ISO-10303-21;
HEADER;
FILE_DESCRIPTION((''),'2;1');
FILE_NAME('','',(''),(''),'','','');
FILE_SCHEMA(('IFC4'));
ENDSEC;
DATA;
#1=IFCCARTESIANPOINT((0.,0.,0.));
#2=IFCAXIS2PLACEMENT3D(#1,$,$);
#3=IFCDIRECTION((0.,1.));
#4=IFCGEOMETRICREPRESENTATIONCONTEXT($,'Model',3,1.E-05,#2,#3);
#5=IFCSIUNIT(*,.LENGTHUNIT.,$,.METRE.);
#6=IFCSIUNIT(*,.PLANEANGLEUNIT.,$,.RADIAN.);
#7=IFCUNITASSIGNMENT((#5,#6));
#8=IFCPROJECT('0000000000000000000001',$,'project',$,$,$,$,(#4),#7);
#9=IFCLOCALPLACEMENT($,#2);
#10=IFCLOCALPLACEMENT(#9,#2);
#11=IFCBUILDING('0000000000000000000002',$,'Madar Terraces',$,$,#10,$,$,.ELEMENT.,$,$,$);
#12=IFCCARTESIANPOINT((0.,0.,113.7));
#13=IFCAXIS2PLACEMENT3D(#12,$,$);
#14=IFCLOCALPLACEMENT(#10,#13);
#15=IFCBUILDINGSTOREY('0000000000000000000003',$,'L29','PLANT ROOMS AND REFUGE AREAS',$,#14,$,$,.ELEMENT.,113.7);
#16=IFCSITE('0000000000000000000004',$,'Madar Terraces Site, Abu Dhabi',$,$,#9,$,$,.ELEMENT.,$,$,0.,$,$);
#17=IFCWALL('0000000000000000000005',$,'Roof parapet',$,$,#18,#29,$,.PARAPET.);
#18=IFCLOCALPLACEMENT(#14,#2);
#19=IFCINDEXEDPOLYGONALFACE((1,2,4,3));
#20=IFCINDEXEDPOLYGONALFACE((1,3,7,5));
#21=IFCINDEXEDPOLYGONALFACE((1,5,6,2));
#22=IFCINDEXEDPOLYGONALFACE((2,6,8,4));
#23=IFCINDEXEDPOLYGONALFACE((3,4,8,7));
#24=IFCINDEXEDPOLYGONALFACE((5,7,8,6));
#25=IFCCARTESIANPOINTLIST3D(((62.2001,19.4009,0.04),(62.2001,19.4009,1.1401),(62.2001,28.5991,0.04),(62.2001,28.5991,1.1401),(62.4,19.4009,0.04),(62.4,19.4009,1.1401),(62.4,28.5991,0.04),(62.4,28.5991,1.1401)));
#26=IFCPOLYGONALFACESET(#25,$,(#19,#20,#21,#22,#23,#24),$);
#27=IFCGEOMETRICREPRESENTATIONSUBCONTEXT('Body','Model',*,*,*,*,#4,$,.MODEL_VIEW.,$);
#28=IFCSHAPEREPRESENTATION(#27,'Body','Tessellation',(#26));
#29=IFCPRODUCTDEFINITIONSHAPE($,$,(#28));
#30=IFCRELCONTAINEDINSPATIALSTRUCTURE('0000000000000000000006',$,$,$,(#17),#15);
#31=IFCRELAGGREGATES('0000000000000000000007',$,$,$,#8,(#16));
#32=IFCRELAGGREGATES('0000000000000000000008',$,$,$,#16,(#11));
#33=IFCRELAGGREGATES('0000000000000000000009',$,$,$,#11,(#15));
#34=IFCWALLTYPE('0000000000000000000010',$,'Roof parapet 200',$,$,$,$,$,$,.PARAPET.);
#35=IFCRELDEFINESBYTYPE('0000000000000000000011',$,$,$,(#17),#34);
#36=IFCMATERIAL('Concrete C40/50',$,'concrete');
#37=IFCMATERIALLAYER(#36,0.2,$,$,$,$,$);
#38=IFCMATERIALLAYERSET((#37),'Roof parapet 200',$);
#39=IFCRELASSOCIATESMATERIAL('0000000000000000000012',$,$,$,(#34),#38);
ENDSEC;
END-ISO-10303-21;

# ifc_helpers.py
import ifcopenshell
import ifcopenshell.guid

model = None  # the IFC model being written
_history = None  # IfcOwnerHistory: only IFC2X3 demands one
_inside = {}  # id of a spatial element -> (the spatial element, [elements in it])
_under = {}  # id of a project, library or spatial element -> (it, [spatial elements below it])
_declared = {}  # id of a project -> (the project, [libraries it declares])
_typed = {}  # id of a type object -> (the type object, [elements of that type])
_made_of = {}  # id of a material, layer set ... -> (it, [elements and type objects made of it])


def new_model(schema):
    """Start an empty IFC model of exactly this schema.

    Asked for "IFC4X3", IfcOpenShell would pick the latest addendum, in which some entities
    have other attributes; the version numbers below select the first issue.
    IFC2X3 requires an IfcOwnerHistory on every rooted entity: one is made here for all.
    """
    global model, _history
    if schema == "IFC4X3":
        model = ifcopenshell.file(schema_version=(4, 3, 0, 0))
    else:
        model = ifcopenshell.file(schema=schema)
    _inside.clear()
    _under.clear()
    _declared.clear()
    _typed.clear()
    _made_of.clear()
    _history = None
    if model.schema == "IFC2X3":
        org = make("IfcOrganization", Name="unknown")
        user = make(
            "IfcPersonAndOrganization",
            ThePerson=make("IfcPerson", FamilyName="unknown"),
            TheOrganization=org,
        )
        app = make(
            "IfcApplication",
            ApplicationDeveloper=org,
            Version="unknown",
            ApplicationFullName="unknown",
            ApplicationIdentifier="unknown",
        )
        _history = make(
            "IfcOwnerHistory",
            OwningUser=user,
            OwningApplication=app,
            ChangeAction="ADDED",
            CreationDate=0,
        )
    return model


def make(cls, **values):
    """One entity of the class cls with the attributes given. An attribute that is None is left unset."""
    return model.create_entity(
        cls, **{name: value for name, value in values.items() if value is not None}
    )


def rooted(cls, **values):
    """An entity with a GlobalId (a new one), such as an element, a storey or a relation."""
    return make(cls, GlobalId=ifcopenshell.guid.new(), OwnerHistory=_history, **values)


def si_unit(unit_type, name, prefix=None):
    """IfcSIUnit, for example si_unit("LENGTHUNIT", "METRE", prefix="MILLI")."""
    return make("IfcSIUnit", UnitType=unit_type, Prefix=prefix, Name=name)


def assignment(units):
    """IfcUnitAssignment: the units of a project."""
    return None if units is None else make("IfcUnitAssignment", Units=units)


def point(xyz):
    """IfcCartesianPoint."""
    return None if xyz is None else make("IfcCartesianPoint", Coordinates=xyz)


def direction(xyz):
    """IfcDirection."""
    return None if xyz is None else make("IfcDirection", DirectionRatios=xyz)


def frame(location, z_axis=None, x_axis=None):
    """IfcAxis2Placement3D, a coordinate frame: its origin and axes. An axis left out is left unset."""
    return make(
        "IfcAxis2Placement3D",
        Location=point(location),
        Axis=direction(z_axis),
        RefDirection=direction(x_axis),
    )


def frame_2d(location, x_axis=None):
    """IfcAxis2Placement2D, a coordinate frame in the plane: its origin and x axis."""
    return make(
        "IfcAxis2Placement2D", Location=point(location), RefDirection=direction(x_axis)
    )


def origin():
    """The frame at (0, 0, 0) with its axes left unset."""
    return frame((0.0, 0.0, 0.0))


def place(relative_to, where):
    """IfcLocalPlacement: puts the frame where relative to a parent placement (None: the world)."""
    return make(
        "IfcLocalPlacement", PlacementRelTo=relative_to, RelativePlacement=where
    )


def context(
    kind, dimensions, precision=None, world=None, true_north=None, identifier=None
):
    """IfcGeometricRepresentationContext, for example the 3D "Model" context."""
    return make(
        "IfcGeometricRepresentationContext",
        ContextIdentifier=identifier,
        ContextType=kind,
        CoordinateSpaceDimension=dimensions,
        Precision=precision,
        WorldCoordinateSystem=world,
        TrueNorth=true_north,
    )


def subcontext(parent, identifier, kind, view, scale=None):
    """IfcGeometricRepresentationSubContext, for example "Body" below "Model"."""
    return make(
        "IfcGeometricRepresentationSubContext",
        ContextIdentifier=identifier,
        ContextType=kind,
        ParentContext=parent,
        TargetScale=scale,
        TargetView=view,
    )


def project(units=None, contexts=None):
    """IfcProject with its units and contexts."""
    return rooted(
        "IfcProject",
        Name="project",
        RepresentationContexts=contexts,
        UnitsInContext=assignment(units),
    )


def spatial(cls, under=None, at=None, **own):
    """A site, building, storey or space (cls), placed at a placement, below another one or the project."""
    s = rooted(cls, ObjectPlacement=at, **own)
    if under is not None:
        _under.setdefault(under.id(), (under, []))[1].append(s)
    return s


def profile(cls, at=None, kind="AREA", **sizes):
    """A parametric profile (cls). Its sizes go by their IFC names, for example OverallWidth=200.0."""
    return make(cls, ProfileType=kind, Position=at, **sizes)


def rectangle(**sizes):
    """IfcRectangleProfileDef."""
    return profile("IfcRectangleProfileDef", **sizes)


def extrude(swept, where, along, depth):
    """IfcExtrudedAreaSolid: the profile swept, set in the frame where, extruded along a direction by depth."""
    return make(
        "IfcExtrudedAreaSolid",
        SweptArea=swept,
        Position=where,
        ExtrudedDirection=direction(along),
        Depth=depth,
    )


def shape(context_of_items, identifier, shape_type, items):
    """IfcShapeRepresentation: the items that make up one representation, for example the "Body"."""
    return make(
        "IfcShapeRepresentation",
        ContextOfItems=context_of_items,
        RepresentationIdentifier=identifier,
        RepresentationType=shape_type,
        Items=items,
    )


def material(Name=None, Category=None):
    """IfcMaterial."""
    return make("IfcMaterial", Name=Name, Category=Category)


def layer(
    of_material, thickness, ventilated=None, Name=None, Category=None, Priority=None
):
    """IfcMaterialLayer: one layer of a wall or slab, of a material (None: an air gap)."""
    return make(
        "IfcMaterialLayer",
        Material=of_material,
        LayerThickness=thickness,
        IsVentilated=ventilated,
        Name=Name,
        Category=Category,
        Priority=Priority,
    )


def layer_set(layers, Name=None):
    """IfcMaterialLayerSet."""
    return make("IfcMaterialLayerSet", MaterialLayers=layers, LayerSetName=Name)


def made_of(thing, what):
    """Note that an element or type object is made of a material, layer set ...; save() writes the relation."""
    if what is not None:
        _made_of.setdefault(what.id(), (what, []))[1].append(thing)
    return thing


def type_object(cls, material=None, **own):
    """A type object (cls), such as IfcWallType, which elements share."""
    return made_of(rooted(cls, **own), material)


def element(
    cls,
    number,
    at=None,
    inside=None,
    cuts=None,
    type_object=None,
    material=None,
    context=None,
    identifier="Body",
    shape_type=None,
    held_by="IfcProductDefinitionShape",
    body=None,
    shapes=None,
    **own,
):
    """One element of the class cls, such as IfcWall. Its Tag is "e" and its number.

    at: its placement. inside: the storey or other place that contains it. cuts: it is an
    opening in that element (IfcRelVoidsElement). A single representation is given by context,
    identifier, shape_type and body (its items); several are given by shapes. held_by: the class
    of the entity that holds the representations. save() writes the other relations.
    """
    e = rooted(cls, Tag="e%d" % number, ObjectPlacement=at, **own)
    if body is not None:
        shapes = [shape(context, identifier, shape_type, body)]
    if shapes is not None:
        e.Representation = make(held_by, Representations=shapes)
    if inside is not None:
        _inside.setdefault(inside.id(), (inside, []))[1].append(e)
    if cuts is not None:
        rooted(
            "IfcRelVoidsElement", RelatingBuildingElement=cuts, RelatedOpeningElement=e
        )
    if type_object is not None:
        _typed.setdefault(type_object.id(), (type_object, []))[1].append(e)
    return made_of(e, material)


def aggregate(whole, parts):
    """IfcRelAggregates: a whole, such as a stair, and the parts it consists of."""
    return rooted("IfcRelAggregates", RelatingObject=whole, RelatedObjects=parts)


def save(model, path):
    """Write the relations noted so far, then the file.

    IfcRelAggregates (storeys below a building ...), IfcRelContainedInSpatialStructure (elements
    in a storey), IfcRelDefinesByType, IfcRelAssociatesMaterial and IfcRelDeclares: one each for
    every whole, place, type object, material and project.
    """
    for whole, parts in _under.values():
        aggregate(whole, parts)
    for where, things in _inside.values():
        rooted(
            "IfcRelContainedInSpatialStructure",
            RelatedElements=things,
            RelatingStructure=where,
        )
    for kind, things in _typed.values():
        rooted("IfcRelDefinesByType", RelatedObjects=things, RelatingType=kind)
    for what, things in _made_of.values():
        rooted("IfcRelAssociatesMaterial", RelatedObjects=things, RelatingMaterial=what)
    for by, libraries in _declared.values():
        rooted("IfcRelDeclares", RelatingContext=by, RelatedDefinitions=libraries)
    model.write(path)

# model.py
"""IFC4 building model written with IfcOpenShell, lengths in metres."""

from ifc_helpers import new_model, si_unit, direction, frame, frame_2d, origin, place, context, subcontext, project, spatial, rectangle, extrude, material, layer, layer_set, type_object, element, save


model = new_model("IFC4")

# Units and contexts
model_context = context("Model", 3, precision=1e-05, world=origin(), true_north=direction((0.0, 1.0)))
body_context = subcontext(model_context, "Body", "Model", "MODEL_VIEW")
ifc_project = project(units=[si_unit("LENGTHUNIT", "METRE"), si_unit("PLANEANGLEUNIT", "RADIAN")], contexts=[model_context])

# Site, building, storey
site_placement = place(None, origin())
site = spatial("IfcSite", under=ifc_project, at=site_placement, Name="Madar Terraces Site, Abu Dhabi", CompositionType="ELEMENT", RefElevation=0.0)
building_placement = place(site_placement, origin())
building = spatial("IfcBuilding", under=site, at=building_placement, Name="Madar Terraces", CompositionType="ELEMENT")
storey_placement = place(building_placement, frame((0.0, 0.0, 113.7)))
storey = spatial("IfcBuildingStorey", under=building, at=storey_placement, Name="L29", Description="PLANT ROOMS AND REFUGE AREAS", CompositionType="ELEMENT", Elevation=113.7)

# Wall
ifc_material_1 = material(Name="Concrete C40/50", Category="concrete")
ifc_layer_1 = layer(ifc_material_1, 0.2)
ifc_layer_set_1 = layer_set([ifc_layer_1], Name="Roof parapet 200")
wall_type = type_object("IfcWallType", Name="Roof parapet 200", PredefinedType="PARAPET", material=ifc_layer_set_1)
wall_placement = place(storey_placement, frame((62.3, 19.4009, 0.04), z_axis=(0.0, 0.0, 1.0), x_axis=(0.0, 1.0, 0.0)))
element("IfcWall", 1, at=wall_placement, inside=storey, type_object=wall_type, Name="Roof parapet", PredefinedType="PARAPET", context=body_context, shape_type="SweptSolid", body=[
    extrude(rectangle(XDim=9.1982, YDim=0.2, at=frame_2d((4.5991, 0.0))), origin(), (0.0, 0.0, 1.0), 1.1001),
])

save(model, "model.ifc")
